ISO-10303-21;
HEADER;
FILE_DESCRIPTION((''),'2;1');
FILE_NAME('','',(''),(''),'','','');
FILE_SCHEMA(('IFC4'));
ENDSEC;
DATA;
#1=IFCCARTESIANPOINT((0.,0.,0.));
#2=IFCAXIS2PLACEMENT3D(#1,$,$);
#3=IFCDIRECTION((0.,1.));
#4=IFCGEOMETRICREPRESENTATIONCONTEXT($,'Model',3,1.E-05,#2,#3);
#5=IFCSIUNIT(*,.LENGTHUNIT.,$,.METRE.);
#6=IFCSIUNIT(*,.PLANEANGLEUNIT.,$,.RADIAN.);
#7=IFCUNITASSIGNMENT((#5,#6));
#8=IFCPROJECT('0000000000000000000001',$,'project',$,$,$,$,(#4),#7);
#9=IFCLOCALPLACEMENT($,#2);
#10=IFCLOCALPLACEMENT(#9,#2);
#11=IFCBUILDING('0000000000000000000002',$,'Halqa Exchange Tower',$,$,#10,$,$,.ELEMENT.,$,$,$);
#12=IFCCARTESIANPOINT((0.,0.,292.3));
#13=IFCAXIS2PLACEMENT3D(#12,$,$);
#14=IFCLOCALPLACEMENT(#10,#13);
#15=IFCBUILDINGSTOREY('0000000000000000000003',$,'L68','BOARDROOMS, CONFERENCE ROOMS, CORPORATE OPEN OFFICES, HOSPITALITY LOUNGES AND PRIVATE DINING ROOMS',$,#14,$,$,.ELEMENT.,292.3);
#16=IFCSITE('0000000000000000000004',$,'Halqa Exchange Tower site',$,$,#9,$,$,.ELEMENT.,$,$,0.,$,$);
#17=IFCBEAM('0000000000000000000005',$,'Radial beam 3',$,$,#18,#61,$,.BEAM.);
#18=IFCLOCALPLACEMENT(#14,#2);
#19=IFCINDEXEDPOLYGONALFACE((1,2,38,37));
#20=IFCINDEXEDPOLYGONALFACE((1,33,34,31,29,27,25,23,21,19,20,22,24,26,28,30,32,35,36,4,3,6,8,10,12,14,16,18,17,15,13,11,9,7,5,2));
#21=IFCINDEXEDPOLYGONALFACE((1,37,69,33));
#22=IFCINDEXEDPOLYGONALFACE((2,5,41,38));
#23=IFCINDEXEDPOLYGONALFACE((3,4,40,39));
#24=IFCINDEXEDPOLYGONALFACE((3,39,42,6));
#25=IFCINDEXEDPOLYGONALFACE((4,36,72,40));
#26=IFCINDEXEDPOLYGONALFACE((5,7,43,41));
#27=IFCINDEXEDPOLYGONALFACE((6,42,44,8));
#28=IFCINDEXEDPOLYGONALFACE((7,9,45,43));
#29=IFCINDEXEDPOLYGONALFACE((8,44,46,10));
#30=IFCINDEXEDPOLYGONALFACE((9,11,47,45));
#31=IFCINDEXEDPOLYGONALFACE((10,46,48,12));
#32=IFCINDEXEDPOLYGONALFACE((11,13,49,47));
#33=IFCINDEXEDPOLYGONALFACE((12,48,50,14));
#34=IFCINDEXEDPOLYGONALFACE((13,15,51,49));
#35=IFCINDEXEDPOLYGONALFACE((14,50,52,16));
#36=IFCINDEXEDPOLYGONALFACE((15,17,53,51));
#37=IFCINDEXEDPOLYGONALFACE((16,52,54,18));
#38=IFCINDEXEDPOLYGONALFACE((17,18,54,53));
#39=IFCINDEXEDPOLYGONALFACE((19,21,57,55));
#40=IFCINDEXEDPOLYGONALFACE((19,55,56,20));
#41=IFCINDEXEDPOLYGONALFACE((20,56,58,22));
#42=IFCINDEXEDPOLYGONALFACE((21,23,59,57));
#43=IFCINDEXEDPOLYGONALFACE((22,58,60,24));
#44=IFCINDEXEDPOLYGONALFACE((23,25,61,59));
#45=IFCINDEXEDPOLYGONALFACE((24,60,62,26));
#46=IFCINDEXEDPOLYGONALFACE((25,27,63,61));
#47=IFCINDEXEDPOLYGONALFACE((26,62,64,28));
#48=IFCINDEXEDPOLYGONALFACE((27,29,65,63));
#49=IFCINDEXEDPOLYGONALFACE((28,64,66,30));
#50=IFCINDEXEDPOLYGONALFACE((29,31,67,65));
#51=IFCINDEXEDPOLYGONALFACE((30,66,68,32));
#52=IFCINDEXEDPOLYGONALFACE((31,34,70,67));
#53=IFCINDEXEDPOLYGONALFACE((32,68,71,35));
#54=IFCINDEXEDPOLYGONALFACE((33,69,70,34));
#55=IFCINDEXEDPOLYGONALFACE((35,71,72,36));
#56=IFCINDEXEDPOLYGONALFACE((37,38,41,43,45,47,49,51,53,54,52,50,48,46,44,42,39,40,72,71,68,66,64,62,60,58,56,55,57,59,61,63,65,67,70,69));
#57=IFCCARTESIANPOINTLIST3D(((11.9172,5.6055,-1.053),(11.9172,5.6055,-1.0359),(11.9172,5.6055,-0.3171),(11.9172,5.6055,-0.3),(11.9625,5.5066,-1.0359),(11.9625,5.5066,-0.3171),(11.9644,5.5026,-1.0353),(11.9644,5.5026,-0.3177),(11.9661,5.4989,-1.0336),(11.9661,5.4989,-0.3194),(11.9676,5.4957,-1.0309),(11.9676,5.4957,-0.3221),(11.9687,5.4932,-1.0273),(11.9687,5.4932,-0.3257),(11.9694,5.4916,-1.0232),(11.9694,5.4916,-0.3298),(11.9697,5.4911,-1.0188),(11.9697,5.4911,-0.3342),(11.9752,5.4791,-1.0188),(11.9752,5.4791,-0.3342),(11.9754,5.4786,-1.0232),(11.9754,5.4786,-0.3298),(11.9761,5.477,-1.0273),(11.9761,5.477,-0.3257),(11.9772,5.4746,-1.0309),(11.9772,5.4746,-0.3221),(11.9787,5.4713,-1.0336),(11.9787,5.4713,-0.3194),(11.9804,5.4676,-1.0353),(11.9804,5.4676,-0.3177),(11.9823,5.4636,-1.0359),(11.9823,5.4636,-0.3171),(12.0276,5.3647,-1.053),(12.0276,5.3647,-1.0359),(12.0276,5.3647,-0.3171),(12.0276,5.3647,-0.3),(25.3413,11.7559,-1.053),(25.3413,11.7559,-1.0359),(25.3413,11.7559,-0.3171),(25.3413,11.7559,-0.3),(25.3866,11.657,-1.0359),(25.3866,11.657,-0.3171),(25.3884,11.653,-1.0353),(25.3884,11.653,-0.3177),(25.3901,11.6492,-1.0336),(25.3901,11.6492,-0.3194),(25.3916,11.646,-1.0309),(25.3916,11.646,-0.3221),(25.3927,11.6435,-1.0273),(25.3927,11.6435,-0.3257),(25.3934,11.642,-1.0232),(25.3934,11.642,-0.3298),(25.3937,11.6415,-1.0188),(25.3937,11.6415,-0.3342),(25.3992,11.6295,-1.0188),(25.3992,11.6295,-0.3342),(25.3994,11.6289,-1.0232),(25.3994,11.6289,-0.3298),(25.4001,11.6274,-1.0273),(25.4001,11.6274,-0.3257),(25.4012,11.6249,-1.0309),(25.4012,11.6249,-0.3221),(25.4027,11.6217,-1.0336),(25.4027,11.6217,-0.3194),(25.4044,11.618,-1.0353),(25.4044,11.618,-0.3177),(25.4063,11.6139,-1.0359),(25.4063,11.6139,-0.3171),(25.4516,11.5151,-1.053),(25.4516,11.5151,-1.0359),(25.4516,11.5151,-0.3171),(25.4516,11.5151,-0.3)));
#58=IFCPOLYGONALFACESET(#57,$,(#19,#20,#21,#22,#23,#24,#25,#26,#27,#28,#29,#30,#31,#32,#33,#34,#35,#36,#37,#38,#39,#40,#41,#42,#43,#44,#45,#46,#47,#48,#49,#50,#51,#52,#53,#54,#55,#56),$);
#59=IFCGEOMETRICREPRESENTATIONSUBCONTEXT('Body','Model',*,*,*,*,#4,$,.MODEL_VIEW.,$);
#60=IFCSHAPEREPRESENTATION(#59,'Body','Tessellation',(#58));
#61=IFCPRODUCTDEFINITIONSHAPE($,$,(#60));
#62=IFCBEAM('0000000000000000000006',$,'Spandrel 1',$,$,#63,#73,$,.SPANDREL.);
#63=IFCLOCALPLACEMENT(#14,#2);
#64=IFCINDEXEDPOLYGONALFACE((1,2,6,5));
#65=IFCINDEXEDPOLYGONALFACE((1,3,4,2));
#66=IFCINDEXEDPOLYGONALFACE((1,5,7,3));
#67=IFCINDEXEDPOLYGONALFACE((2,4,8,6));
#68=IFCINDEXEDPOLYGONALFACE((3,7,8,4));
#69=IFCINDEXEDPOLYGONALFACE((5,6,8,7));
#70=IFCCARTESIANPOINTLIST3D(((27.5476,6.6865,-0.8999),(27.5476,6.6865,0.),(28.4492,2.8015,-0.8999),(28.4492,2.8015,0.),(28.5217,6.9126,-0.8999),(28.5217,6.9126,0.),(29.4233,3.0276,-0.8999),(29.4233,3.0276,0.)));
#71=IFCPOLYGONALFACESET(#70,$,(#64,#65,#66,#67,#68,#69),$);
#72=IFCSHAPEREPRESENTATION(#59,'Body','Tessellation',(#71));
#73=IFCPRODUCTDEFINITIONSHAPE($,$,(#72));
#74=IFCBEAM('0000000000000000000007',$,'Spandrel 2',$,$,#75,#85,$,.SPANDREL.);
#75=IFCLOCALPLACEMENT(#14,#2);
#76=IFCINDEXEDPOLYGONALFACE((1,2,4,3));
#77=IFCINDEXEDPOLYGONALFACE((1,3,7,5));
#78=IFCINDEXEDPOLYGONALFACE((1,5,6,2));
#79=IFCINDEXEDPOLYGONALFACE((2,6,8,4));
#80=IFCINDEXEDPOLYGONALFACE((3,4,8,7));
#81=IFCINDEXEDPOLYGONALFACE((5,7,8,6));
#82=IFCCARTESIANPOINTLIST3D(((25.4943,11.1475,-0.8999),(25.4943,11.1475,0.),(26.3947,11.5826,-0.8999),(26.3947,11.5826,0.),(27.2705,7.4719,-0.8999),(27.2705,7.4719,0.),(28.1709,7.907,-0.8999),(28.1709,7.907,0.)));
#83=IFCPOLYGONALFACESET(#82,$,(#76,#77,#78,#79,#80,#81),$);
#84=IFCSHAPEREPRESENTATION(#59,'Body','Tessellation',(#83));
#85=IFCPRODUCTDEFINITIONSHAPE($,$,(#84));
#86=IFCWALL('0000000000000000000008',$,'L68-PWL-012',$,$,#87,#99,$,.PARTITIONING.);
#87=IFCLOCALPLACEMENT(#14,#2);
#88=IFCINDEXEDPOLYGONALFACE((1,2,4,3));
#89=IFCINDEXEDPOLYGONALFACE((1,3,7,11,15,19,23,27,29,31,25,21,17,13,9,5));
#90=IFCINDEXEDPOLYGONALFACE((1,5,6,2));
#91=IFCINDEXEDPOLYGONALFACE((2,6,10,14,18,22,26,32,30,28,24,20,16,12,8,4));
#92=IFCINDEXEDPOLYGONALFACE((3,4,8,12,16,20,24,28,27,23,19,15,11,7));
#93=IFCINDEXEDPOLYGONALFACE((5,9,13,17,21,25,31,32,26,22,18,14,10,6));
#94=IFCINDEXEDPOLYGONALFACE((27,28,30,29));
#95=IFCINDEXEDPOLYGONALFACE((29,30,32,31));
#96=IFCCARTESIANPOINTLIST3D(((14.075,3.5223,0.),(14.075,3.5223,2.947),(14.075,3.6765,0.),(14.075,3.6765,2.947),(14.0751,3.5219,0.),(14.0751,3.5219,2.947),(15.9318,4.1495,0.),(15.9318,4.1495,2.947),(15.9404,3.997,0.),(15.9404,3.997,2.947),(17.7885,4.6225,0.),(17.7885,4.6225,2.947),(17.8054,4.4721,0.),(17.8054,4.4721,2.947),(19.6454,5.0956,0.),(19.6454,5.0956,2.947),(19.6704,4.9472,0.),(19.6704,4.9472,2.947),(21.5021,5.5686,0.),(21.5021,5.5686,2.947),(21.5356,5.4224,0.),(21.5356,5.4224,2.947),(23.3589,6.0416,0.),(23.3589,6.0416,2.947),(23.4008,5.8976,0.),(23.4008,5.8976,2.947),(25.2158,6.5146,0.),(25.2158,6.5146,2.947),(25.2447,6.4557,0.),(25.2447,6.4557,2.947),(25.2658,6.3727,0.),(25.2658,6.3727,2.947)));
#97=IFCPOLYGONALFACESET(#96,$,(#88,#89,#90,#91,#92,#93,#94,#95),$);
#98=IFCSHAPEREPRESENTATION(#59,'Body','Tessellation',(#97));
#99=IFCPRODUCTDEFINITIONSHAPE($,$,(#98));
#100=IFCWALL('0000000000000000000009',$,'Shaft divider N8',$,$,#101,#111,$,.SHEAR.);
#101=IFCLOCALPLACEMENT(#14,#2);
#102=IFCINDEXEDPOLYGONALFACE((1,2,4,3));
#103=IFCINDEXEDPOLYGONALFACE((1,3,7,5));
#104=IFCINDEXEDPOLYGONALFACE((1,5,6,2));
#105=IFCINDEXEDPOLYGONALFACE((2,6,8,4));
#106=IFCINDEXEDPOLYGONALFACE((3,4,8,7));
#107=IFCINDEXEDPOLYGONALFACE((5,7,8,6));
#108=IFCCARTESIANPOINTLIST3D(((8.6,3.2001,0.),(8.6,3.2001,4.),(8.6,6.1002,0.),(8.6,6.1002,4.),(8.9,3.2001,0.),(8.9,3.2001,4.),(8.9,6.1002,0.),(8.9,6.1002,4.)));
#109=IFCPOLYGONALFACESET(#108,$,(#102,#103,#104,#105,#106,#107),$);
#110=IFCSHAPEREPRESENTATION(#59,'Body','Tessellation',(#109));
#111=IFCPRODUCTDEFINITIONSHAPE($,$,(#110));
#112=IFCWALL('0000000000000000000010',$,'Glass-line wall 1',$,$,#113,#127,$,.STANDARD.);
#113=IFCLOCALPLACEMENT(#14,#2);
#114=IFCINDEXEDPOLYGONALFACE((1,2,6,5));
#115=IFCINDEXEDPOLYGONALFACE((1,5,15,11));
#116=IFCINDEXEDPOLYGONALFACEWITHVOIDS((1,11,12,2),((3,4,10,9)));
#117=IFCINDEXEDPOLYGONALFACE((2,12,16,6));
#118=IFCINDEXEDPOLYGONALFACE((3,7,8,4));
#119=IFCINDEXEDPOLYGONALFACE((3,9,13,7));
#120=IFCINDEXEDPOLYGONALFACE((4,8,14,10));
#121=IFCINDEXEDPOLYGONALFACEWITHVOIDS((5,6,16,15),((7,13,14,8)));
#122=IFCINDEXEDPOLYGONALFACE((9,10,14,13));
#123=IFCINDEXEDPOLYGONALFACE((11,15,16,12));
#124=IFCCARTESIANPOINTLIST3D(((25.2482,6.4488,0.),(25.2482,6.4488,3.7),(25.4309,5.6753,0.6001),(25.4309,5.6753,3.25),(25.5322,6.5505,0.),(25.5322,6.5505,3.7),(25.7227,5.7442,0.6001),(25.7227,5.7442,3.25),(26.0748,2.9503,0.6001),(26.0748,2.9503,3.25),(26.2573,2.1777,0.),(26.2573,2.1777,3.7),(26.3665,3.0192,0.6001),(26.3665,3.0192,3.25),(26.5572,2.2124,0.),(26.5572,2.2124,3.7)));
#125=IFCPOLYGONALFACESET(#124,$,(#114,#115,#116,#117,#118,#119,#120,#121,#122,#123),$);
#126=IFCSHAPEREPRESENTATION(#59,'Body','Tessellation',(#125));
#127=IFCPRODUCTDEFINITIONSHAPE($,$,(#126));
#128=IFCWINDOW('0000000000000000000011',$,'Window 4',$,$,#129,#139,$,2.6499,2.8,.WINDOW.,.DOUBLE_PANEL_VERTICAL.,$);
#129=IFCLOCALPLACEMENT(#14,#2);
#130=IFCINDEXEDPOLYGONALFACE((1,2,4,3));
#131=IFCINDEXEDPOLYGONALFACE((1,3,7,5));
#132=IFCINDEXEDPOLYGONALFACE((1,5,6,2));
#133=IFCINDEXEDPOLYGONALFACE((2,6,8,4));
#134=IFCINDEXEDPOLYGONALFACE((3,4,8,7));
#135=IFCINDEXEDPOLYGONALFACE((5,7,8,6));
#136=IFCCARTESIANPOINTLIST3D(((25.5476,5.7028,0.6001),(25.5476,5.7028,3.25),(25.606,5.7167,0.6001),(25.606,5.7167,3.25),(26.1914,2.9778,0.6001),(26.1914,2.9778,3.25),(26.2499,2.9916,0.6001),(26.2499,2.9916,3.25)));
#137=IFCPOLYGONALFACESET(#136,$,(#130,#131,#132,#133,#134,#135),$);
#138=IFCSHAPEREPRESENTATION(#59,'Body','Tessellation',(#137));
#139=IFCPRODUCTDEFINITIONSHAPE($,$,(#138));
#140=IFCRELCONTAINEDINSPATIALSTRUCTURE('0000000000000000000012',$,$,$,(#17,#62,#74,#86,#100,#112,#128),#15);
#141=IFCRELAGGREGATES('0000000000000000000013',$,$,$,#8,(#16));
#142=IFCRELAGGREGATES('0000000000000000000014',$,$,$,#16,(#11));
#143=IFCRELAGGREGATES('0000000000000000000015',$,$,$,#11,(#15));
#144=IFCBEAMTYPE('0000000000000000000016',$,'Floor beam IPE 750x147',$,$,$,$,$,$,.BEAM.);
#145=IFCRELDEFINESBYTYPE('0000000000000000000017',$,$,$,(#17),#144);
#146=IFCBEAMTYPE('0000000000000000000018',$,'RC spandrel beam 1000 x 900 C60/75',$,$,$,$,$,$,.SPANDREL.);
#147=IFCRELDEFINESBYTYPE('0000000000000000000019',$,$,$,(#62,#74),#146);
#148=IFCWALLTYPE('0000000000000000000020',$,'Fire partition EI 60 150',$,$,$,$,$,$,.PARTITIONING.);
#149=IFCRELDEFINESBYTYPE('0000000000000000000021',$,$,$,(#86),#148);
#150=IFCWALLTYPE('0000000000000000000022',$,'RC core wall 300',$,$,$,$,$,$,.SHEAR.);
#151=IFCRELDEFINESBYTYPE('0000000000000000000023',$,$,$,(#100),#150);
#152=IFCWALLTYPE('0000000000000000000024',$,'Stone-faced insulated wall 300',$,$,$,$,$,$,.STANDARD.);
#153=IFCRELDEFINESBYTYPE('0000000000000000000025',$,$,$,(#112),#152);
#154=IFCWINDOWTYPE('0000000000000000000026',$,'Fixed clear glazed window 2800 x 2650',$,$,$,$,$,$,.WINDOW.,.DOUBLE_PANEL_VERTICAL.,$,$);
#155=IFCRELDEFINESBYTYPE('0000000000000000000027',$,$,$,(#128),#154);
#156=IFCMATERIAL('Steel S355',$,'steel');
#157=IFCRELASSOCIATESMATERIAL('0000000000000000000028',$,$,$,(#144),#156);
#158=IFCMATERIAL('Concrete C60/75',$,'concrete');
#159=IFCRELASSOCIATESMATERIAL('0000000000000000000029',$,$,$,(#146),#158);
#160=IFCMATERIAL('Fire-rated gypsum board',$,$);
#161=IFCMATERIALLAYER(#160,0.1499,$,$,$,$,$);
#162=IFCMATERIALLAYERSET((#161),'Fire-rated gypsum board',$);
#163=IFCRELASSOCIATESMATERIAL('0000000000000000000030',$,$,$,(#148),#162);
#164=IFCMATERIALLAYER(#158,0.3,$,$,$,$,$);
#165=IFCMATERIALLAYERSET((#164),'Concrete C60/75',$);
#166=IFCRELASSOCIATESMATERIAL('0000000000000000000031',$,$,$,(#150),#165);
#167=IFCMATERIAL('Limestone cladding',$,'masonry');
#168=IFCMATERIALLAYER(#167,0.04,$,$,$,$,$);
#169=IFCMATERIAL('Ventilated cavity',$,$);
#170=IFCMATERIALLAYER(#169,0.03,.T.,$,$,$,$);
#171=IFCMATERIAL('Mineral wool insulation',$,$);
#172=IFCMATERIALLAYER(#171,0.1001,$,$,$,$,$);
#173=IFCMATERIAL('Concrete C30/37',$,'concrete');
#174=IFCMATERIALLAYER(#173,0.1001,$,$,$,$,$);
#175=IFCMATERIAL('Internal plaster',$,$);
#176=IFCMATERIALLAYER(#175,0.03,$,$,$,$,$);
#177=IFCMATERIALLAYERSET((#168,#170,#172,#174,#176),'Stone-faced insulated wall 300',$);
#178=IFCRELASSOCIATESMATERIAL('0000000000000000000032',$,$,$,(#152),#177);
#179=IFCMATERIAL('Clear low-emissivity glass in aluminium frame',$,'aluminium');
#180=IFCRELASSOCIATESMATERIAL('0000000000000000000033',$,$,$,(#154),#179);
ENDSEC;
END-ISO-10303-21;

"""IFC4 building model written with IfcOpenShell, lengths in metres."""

from ifc_helpers import new_model, si_unit, direction, frame, frame_2d, origin, origin_2d, place, context, subcontext, project, spatial, polyline, rectangle, i_section, outline, extrude, material, layer, layer_set, material_profile, profile_set, type_object, element, fill, save


model = new_model("IFC4")

# Units and contexts
model_context = context("Model", 3, precision=1e-05, world=origin(), true_north=direction((0.0, 1.0)))
body_context = subcontext(model_context, "Body", "Model", "MODEL_VIEW")
ifc_project = project(units=[si_unit("LENGTHUNIT", "METRE"), si_unit("PLANEANGLEUNIT", "RADIAN")], contexts=[model_context])

# Site, building, storey
site_placement = place(None, origin())
site = spatial("IfcSite", under=ifc_project, at=site_placement, Name="Halqa Exchange Tower site", CompositionType="ELEMENT", RefElevation=0.0)
building_placement = place(site_placement, origin())
building = spatial("IfcBuilding", under=site, at=building_placement, Name="Halqa Exchange Tower", CompositionType="ELEMENT")
storey_placement = place(building_placement, frame((0.0, 0.0, 292.3)))
storey = spatial("IfcBuildingStorey", under=building, at=storey_placement, Name="L68", Description="BOARDROOMS, CONFERENCE ROOMS, CORPORATE OPEN OFFICES, HOSPITALITY LOUNGES AND PRIVATE DINING ROOMS", CompositionType="ELEMENT", Elevation=292.3)

# Beams
ifc_material_1 = material(Name="Steel S355", Category="steel")
ifc_material_profile_1 = material_profile(ifc_material_1, i_section(OverallWidth=0.2649, OverallDepth=0.7529, WebThickness=0.0132, FlangeThickness=0.0171, FilletRadius=0.0171, at=origin_2d()), Name="IPE 750x147")
ifc_profile_set_1 = profile_set([ifc_material_profile_1], Name="Steel S355")
beam_type_1 = type_object("IfcBeamType", Name="Floor beam IPE 750x147", PredefinedType="BEAM", material=ifc_profile_set_1)
beam_1_placement = place(storey_placement, frame((11.9724, 5.4851, -0.6765), z_axis=(0.909124, 0.416525, 0.0), x_axis=(-0.416525, 0.909124, 0.0)))
element("IfcBeam", 1, at=beam_1_placement, inside=storey, type_object=beam_type_1, Name="Radial beam 3", PredefinedType="BEAM", context=body_context, shape_type="SweptSolid", body=[
    extrude(i_section(OverallWidth=0.2649, OverallDepth=0.7529, WebThickness=0.0132, FlangeThickness=0.0171, FilletRadius=0.0171, at=origin_2d()), origin(), (0.0, 0.0, 1.0), 14.7659),
])
ifc_material_2 = material(Name="Concrete C60/75", Category="concrete")
ifc_material_profile_2 = material_profile(ifc_material_2, rectangle(XDim=1.0, YDim=0.8999, at=origin_2d()), Name="1000 x 900")
ifc_profile_set_2 = profile_set([ifc_material_profile_2], Name="Concrete C60/75")
beam_type_2 = type_object("IfcBeamType", Name="RC spandrel beam 1000 x 900 C60/75", PredefinedType="SPANDREL", material=ifc_profile_set_2)
beam_2_placement = place(storey_placement, frame((28.9363, 2.9146, -0.45), z_axis=(-0.226066, 0.974112, 0.0), x_axis=(-0.974112, -0.226066, 0.0)))
element("IfcBeam", 2, at=beam_2_placement, inside=storey, type_object=beam_type_2, Name="Spandrel 1", PredefinedType="SPANDREL", context=body_context, shape_type="SweptSolid", body=[
    extrude(rectangle(XDim=1.0, YDim=0.8999, at=origin_2d()), origin(), (0.0, 0.0, 1.0), 3.9883),
])
beam_3_placement = place(storey_placement, frame((27.7207, 7.6895, -0.45), z_axis=(-0.435092, 0.900386, 0.0), x_axis=(-0.900386, -0.435092, 0.0)))
element("IfcBeam", 3, at=beam_3_placement, inside=storey, type_object=beam_type_2, Name="Spandrel 2", PredefinedType="SPANDREL", context=body_context, shape_type="SweptSolid", body=[
    extrude(rectangle(XDim=1.0, YDim=0.8999, at=origin_2d()), origin(), (0.0, 0.0, 1.0), 4.0823),
])

# Walls
ifc_material_3 = material(Name="Fire-rated gypsum board")
ifc_layer_1 = layer(ifc_material_3, 0.1499)
ifc_layer_set_1 = layer_set([ifc_layer_1], Name="Fire-rated gypsum board")
wall_type_1 = type_object("IfcWallType", Name="Fire partition EI 60 150", PredefinedType="PARTITIONING", material=ifc_layer_set_1)
wall_1_placement = place(storey_placement, frame((14.0566, 3.5945, 0.0), z_axis=(0.0, 0.0, 1.0), x_axis=(0.96905, 0.246866, 0.0)))
element("IfcWall", 4, at=wall_1_placement, inside=storey, type_object=wall_type_1, Name="L68-PWL-012", PredefinedType="PARTITIONING", context=body_context, shape_type="SweptSolid", body=[
    extrude(outline(polyline([(11.5481, -0.075), (11.5481, 0.0107), (11.5347, 0.075), (9.6184, 0.075), (7.7024, 0.075), (5.7864, 0.075), (3.8701, 0.075), (1.9541, 0.075), (0.0381, 0.075), (0.0, -0.0745), (0.0, -0.075), (1.9248, -0.075), (3.8494, -0.075), (5.7739, -0.075), (7.6987, -0.075), (9.6235, -0.075), (11.5481, -0.075)])), origin(), (0.0, 0.0, 1.0), 2.947),
])
ifc_layer_2 = layer(ifc_material_2, 0.3)
ifc_layer_set_2 = layer_set([ifc_layer_2], Name="Concrete C60/75")
wall_type_2 = type_object("IfcWallType", Name="RC core wall 300", PredefinedType="SHEAR", material=ifc_layer_set_2)
wall_2_placement = place(storey_placement, frame((8.75, 3.2, 0.0), z_axis=(0.0, 0.0, 1.0), x_axis=(0.0, 1.0, 0.0)))
element("IfcWall", 5, at=wall_2_placement, inside=storey, type_object=wall_type_2, Name="Shaft divider N8", PredefinedType="SHEAR", context=body_context, shape_type="SweptSolid", body=[
    extrude(rectangle(XDim=2.9001, YDim=0.3, at=frame_2d((1.4502, 0.0))), origin(), (0.0, 0.0, 1.0), 4.0),
])

# Wall, opening, window
ifc_material_4 = material(Name="Limestone cladding", Category="masonry")
ifc_layer_3 = layer(ifc_material_4, 0.04)
ifc_material_5 = material(Name="Ventilated cavity")
ifc_layer_4 = layer(ifc_material_5, 0.03, ventilated=True)
ifc_material_6 = material(Name="Mineral wool insulation")
ifc_layer_5 = layer(ifc_material_6, 0.1001)
ifc_material_7 = material(Name="Concrete C30/37", Category="concrete")
ifc_layer_6 = layer(ifc_material_7, 0.1001)
ifc_material_8 = material(Name="Internal plaster")
ifc_layer_7 = layer(ifc_material_8, 0.03)
ifc_layer_set_3 = layer_set([ifc_layer_3, ifc_layer_4, ifc_layer_5, ifc_layer_6, ifc_layer_7], Name="Stone-faced insulated wall 300")
wall_type_3 = type_object("IfcWallType", Name="Stone-faced insulated wall 300", PredefinedType="STANDARD", material=ifc_layer_set_3)
wall_3_placement = place(storey_placement, frame((26.4072, 2.1951, 0.0), z_axis=(0.0, 0.0, 1.0), x_axis=(-0.229944, 0.973204, 0.0)))
wall_3 = element("IfcWall", 6, at=wall_3_placement, inside=storey, type_object=wall_type_3, Name="Glass-line wall 1", PredefinedType="STANDARD", context=body_context, shape_type="SweptSolid", body=[
    extrude(outline(polyline([(-0.0176, -0.1499), (4.4399, -0.1499), (4.4062, 0.1499), (0.0176, 0.1499), (-0.0176, -0.1499)])), origin(), (0.0, 0.0, 1.0), 3.7),
])
opening_1_placement = place(wall_3_placement, frame((0.8115, 0.0, 0.6001)))
opening_1 = element("IfcOpeningElement", 7, at=opening_1_placement, cuts=wall_3, PredefinedType="OPENING", context=body_context, shape_type="SweptSolid", body=[
    extrude(rectangle(XDim=2.8, YDim=2.6499, at=frame_2d((1.3999, 1.325))), frame((0.0, 0.1621, 0.0), z_axis=(0.0, -1.0, 0.0), x_axis=(1.0, 0.0, 0.0)), (0.0, 0.0, 1.0), 0.324),
])
ifc_material_9 = material(Name="Clear low-emissivity glass in aluminium frame", Category="aluminium")
window_type = type_object("IfcWindowType", Name="Fixed clear glazed window 2800 x 2650", PartitioningType="DOUBLE_PANEL_VERTICAL", PredefinedType="WINDOW", material=ifc_material_9)
window_1_placement = place(opening_1_placement, origin())
window_1 = element("IfcWindow", 8, at=window_1_placement, inside=storey, type_object=window_type, Name="Window 4", OverallHeight=2.6499, OverallWidth=2.8, PartitioningType="DOUBLE_PANEL_VERTICAL", PredefinedType="WINDOW", context=body_context, shape_type="SweptSolid", body=[
    extrude(rectangle(XDim=2.8, YDim=2.6499, at=frame_2d((1.3999, 1.325))), frame((0.0, 0.03, 0.0), z_axis=(0.0, -1.0, 0.0), x_axis=(1.0, 0.0, 0.0)), (0.0, 0.0, 1.0), 0.0601),
])
fill(opening_1, window_1)

save(model, "model.ifc")
